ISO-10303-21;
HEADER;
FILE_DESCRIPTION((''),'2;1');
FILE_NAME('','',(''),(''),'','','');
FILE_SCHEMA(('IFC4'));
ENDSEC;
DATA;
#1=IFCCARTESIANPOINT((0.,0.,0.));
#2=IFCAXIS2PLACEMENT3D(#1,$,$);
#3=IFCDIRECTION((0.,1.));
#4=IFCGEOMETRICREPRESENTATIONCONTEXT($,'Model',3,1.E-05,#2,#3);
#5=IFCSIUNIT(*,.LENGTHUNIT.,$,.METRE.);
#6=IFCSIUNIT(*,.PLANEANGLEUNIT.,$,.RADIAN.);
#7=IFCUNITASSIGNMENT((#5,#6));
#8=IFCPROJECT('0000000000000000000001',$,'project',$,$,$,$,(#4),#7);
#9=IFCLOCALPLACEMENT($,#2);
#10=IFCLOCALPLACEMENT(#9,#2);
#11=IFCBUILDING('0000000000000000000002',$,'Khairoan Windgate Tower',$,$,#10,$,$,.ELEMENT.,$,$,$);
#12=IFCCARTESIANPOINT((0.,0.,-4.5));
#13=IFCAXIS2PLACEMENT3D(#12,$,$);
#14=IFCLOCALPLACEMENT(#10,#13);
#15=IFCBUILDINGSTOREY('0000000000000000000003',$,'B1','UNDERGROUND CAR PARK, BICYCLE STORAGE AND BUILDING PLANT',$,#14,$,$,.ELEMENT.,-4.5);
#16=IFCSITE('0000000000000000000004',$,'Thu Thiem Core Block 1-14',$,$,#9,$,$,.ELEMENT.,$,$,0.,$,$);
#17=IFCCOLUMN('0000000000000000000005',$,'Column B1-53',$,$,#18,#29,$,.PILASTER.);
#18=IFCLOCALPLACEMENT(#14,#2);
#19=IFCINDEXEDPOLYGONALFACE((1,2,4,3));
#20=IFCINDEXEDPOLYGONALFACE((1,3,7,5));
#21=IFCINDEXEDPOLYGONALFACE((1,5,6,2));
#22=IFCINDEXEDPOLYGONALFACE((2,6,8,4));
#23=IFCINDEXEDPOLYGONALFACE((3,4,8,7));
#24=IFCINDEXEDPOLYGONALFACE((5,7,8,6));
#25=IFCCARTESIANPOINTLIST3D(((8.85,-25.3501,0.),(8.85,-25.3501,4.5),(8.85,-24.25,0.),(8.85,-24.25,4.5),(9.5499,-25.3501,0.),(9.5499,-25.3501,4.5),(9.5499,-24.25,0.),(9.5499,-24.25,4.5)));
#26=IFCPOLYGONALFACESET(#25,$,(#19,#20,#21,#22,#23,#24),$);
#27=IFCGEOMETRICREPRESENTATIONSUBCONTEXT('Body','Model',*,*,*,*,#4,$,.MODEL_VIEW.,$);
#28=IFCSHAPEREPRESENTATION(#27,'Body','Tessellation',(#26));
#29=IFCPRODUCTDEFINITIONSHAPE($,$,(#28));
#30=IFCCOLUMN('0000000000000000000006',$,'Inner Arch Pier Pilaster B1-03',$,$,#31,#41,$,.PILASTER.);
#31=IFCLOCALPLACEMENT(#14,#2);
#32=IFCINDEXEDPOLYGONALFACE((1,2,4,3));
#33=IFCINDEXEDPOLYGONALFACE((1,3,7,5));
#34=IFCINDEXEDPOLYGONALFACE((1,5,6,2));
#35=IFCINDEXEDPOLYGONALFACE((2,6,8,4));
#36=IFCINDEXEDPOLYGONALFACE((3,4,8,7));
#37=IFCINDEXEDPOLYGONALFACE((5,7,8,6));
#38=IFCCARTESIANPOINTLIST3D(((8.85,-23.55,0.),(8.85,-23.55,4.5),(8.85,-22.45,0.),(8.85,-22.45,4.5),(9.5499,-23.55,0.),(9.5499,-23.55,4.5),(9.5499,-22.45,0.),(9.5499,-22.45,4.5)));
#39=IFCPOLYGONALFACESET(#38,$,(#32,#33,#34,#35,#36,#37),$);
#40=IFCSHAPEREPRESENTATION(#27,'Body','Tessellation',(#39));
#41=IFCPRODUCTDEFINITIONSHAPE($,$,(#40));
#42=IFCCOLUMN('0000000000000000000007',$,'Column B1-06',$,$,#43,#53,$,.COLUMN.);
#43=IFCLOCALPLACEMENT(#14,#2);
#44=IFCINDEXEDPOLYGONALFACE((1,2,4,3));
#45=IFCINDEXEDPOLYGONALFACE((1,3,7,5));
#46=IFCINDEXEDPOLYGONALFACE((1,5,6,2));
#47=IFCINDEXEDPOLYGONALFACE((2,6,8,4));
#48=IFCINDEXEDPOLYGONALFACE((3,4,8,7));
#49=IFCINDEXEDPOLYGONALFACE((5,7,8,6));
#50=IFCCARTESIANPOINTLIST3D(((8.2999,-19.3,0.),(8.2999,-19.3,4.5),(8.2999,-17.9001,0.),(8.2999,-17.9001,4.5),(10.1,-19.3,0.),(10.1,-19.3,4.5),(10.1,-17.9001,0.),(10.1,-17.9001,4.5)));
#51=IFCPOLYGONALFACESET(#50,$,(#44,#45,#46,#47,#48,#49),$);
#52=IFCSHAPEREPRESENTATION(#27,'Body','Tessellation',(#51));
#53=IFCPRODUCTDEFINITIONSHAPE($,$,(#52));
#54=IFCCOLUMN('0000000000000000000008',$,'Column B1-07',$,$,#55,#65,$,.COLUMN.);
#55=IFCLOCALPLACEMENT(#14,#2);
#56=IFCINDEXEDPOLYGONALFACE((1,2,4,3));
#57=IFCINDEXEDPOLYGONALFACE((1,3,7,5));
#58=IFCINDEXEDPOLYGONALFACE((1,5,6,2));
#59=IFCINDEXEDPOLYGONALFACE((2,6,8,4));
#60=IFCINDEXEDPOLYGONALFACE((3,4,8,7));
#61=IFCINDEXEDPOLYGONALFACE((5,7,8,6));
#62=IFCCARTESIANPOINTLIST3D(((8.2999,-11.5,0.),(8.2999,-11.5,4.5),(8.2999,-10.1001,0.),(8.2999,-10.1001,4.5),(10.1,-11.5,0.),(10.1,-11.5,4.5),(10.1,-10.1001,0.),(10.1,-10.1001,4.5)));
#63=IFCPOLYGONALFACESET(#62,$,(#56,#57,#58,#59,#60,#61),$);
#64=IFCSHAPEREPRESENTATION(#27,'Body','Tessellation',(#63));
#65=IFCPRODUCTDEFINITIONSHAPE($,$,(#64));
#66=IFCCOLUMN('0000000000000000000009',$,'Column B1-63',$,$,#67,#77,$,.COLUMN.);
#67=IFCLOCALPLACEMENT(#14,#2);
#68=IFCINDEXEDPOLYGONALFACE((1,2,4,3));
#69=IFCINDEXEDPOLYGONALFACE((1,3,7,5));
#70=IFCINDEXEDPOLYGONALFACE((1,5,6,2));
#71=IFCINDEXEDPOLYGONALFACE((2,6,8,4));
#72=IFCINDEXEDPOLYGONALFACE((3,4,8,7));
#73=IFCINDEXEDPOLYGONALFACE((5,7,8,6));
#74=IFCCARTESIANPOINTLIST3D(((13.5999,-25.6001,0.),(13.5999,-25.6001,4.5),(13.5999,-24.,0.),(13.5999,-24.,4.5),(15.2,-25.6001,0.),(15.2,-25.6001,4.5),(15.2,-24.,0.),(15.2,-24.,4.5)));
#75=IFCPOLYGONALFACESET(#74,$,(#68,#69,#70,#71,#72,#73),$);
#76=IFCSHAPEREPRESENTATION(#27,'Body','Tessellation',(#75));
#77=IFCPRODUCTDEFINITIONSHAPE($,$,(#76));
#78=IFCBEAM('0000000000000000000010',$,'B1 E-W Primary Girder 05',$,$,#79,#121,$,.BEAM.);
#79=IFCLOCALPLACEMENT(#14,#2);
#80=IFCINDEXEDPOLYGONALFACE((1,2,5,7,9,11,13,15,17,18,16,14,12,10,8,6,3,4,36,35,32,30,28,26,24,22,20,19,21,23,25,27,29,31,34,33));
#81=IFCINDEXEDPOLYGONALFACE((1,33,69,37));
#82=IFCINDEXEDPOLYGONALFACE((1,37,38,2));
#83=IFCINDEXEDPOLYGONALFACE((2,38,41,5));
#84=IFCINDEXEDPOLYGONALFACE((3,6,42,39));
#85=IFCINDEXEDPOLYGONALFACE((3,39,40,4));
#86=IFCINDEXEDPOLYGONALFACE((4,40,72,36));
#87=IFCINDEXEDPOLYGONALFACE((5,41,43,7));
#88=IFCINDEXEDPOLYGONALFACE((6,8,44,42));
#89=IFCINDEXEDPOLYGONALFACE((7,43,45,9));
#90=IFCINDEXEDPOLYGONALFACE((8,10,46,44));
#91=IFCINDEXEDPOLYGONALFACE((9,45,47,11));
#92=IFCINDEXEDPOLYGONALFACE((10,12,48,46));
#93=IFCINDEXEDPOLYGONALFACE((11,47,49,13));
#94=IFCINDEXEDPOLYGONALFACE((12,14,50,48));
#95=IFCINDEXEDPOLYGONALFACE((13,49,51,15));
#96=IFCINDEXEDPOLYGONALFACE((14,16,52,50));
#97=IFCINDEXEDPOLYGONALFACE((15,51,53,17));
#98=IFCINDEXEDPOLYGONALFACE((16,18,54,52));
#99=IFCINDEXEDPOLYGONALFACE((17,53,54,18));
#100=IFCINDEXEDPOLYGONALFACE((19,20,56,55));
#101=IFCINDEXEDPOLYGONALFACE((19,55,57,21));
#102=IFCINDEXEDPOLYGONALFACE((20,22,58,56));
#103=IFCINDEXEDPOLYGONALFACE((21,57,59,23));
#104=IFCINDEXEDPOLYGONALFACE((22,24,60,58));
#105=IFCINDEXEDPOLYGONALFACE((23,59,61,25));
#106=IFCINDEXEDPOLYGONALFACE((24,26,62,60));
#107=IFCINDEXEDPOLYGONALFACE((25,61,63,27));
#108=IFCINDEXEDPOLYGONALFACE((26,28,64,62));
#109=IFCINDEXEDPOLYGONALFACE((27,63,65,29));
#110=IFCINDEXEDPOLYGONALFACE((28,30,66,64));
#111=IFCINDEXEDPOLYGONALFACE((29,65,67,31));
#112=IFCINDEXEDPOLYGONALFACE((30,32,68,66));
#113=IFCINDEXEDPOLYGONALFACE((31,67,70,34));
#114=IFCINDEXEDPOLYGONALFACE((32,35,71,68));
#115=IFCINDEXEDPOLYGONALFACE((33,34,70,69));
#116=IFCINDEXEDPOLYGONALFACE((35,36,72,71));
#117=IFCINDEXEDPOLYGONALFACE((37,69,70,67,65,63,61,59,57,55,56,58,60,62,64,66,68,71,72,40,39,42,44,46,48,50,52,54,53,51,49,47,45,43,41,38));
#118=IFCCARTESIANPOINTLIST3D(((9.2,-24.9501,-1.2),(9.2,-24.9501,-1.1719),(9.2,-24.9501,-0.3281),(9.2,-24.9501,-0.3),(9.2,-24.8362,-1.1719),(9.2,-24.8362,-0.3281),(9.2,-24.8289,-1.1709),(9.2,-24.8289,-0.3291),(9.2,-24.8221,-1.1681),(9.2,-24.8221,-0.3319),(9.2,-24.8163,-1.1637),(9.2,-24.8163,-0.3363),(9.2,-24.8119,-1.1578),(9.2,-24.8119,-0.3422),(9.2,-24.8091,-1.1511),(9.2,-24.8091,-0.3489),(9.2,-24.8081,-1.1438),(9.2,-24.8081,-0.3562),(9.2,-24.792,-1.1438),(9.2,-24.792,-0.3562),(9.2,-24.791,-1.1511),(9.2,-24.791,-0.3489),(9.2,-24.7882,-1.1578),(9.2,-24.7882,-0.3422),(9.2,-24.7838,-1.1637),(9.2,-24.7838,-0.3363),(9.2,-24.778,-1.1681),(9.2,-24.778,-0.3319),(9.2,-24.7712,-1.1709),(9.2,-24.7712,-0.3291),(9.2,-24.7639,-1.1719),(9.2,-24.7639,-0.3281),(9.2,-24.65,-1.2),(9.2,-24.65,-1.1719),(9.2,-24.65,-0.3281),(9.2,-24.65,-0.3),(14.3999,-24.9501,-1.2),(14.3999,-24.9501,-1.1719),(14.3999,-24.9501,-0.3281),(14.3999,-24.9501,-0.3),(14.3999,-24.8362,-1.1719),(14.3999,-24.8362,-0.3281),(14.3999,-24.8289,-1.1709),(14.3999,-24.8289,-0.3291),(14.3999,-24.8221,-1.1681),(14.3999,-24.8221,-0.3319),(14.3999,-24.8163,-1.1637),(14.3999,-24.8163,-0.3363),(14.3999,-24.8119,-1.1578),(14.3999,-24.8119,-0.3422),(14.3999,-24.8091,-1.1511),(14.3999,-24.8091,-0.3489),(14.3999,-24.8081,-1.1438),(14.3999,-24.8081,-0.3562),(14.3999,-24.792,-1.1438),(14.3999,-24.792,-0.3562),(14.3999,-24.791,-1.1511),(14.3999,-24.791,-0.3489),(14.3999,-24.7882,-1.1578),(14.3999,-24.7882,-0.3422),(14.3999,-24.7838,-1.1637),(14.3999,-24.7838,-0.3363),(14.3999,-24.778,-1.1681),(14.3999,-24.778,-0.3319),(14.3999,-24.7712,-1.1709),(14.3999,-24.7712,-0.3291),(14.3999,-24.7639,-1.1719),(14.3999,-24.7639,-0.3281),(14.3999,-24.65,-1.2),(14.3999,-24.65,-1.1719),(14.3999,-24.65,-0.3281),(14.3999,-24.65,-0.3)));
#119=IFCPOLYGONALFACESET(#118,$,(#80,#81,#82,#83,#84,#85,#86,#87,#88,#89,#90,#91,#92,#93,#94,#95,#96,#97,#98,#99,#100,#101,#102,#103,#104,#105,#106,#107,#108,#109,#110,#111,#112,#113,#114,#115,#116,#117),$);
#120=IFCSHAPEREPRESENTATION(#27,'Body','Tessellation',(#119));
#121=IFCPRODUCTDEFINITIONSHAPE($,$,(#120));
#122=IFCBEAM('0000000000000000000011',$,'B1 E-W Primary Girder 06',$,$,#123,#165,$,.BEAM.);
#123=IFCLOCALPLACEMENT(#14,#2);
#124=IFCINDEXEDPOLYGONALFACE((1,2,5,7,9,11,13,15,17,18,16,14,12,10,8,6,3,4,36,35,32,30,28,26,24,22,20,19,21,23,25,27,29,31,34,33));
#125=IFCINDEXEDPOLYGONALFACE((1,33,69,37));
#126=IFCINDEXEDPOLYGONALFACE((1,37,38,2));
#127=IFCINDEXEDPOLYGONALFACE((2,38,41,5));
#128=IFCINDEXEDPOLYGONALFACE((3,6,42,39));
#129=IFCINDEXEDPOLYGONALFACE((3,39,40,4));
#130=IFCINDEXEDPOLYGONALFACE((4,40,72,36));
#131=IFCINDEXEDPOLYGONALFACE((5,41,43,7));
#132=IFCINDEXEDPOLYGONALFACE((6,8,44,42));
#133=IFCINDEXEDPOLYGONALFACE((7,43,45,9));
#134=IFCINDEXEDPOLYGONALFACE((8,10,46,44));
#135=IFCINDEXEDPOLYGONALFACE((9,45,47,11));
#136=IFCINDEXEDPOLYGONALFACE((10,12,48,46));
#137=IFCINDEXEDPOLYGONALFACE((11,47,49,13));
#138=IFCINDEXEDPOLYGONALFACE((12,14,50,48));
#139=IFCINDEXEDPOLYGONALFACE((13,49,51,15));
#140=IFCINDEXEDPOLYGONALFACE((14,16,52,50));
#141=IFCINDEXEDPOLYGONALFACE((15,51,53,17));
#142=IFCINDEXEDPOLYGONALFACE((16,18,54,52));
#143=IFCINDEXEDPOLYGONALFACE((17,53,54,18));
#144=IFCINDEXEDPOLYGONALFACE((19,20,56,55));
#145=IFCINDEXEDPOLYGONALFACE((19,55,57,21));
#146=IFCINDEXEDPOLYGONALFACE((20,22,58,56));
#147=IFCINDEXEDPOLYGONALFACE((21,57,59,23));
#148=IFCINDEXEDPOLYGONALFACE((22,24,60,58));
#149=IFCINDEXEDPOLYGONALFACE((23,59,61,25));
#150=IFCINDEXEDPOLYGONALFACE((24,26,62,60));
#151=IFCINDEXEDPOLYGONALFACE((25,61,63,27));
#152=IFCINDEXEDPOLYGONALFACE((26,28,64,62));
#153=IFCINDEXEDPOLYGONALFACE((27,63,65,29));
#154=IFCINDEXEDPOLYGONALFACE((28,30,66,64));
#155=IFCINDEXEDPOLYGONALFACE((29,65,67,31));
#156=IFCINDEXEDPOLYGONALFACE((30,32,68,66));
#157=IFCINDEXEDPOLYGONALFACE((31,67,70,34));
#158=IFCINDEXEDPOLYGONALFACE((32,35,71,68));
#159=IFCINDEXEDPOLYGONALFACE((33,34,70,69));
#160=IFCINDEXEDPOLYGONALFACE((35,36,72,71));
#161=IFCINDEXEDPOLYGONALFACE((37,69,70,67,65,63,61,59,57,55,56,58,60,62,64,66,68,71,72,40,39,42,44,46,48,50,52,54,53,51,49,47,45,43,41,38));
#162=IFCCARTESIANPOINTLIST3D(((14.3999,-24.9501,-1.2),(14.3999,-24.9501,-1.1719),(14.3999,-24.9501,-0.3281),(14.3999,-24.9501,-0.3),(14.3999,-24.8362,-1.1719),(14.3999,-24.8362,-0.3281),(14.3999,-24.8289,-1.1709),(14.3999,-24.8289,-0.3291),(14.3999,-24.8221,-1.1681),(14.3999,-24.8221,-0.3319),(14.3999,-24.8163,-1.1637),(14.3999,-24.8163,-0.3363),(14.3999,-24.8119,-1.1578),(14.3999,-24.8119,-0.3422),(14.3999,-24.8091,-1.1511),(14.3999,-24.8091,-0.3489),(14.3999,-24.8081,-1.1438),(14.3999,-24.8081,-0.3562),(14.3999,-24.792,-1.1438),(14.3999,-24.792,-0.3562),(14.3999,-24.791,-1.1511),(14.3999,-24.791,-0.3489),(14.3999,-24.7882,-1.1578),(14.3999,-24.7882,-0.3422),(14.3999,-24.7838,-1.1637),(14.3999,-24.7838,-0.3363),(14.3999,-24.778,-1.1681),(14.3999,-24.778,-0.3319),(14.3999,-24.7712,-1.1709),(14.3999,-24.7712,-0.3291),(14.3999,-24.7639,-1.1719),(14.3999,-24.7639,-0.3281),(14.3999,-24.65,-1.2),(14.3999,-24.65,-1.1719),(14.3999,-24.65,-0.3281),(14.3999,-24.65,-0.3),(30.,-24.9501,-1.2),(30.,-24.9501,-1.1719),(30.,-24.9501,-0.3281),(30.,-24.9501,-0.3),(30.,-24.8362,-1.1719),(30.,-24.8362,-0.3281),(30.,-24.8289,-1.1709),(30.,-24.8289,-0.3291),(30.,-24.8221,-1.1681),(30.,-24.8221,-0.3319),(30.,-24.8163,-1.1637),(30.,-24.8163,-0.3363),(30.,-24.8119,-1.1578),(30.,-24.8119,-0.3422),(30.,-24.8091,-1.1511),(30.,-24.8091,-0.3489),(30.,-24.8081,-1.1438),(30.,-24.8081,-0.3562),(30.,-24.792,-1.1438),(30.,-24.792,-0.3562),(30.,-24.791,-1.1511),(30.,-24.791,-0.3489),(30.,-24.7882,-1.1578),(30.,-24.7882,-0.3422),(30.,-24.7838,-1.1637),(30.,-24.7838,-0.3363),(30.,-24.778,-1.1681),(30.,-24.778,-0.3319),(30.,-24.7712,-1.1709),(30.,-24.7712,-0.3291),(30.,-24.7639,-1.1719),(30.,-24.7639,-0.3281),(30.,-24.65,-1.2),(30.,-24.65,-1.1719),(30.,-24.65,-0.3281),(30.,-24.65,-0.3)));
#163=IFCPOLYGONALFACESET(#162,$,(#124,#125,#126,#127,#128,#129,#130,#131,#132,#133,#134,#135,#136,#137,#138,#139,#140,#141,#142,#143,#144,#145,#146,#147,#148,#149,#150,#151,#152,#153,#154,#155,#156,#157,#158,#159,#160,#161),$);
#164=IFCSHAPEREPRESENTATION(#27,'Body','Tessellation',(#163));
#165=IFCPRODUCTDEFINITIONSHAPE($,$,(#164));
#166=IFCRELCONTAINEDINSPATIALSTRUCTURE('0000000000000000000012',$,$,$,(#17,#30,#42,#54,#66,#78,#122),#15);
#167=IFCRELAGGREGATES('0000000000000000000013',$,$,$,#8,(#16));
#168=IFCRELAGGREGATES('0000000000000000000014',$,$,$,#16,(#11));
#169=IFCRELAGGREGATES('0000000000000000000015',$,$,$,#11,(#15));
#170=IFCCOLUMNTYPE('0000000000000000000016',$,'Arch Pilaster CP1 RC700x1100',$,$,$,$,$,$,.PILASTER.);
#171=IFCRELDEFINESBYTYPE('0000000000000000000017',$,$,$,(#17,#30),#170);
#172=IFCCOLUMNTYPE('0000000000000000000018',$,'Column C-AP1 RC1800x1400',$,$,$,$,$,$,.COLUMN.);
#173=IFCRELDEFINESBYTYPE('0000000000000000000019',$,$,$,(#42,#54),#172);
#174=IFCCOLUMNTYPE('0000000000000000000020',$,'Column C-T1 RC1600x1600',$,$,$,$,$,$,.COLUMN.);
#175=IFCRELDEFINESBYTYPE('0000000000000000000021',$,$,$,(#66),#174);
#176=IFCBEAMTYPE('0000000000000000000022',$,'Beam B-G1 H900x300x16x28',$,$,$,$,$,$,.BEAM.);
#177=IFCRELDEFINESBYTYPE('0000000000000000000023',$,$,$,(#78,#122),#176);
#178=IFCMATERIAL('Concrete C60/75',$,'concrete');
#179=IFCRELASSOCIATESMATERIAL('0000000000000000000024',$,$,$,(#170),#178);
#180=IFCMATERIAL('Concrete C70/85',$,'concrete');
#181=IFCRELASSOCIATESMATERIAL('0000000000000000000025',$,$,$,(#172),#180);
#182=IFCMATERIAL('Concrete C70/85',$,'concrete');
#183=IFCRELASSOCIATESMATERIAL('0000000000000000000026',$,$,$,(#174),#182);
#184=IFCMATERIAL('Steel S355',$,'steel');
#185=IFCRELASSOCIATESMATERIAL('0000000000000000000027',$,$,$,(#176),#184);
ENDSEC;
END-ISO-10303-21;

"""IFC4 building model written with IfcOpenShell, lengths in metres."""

from ifc_helpers import new_model, si_unit, direction, frame, origin, origin_2d, place, context, subcontext, project, spatial, rectangle, i_section, extrude, material, material_profile, profile_set, type_object, element, save


model = new_model("IFC4")

# Units and contexts
model_context = context("Model", 3, precision=1e-05, world=origin(), true_north=direction((0.0, 1.0)))
body_context = subcontext(model_context, "Body", "Model", "MODEL_VIEW")
ifc_project = project(units=[si_unit("LENGTHUNIT", "METRE"), si_unit("PLANEANGLEUNIT", "RADIAN")], contexts=[model_context])

# Site, building, storey
site_placement = place(None, origin())
site = spatial("IfcSite", under=ifc_project, at=site_placement, Name="Thu Thiem Core Block 1-14", CompositionType="ELEMENT", RefElevation=0.0)
building_placement = place(site_placement, origin())
building = spatial("IfcBuilding", under=site, at=building_placement, Name="Khairoan Windgate Tower", CompositionType="ELEMENT")
storey_placement = place(building_placement, frame((0.0, 0.0, -4.5)))
storey = spatial("IfcBuildingStorey", under=building, at=storey_placement, Name="B1", Description="UNDERGROUND CAR PARK, BICYCLE STORAGE AND BUILDING PLANT", CompositionType="ELEMENT", Elevation=-4.5)

# Columns
ifc_material_1 = material(Name="Concrete C60/75", Category="concrete")
ifc_material_profile_1 = material_profile(ifc_material_1, rectangle(XDim=0.7, YDim=1.1001, at=origin_2d()))
ifc_profile_set_1 = profile_set([ifc_material_profile_1], Name="Concrete C60/75")
column_type_1 = type_object("IfcColumnType", Name="Arch Pilaster CP1 RC700x1100", PredefinedType="PILASTER", material=ifc_profile_set_1)
for number, where, z_axis, x_axis, name in (
    (1, (9.2, -24.8, 0.0), (0.0, 0.0, 1.0), (1.0, 0.0, 0.0), "Column B1-53"),
    (2, (9.2, -23.0, 0.0), (0.0, 0.0, 1.0), (1.0, 0.0, 0.0), "Inner Arch Pier Pilaster B1-03"),
):
    element("IfcColumn", number, at=place(storey_placement, frame(where, z_axis=z_axis, x_axis=x_axis)), inside=storey, type_object=column_type_1, Name=name, PredefinedType="PILASTER", context=body_context, shape_type="SweptSolid", body=[
        extrude(rectangle(XDim=0.7, YDim=1.1001, at=origin_2d()), origin(), (0.0, 0.0, 1.0), 4.5),
    ])
ifc_material_2 = material(Name="Concrete C70/85", Category="concrete")
ifc_material_profile_2 = material_profile(ifc_material_2, rectangle(XDim=1.8, YDim=1.3999, at=origin_2d()))
ifc_profile_set_2 = profile_set([ifc_material_profile_2], Name="Concrete C70/85")
column_type_2 = type_object("IfcColumnType", Name="Column C-AP1 RC1800x1400", PredefinedType="COLUMN", material=ifc_profile_set_2)
for number, where, z_axis, x_axis, name in (
    (3, (9.2, -18.6001, 0.0), (0.0, 0.0, 1.0), (1.0, 0.0, 0.0), "Column B1-06"),
    (4, (9.2, -10.8, 0.0), (0.0, 0.0, 1.0), (1.0, 0.0, 0.0), "Column B1-07"),
):
    element("IfcColumn", number, at=place(storey_placement, frame(where, z_axis=z_axis, x_axis=x_axis)), inside=storey, type_object=column_type_2, Name=name, PredefinedType="COLUMN", context=body_context, shape_type="SweptSolid", body=[
        extrude(rectangle(XDim=1.8, YDim=1.3999, at=origin_2d()), origin(), (0.0, 0.0, 1.0), 4.5),
    ])
ifc_material_3 = material(Name="Concrete C70/85", Category="concrete")
ifc_material_profile_3 = material_profile(ifc_material_3, rectangle(XDim=1.6001, YDim=1.6001, at=origin_2d()))
ifc_profile_set_3 = profile_set([ifc_material_profile_3], Name="Concrete C70/85")
column_type_3 = type_object("IfcColumnType", Name="Column C-T1 RC1600x1600", PredefinedType="COLUMN", material=ifc_profile_set_3)
column_placement = place(storey_placement, frame((14.3999, -24.8, 0.0), z_axis=(0.0, 0.0, 1.0), x_axis=(1.0, 0.0, 0.0)))
element("IfcColumn", 5, at=column_placement, inside=storey, type_object=column_type_3, Name="Column B1-63", PredefinedType="COLUMN", context=body_context, shape_type="SweptSolid", body=[
    extrude(rectangle(XDim=1.6001, YDim=1.6001, at=origin_2d()), origin(), (0.0, 0.0, 1.0), 4.5),
])

# Beams
ifc_material_4 = material(Name="Steel S355", Category="steel")
ifc_material_profile_4 = material_profile(ifc_material_4, i_section(OverallWidth=0.3, OverallDepth=0.8999, WebThickness=0.0161, FlangeThickness=0.0281, FilletRadius=0.0281, at=origin_2d()))
ifc_profile_set_4 = profile_set([ifc_material_profile_4], Name="Steel S355")
beam_type_1 = type_object("IfcBeamType", Name="Beam B-G1 H900x300x16x28", PredefinedType="BEAM", material=ifc_profile_set_4)
beam_1_placement = place(storey_placement, frame((9.2, -24.8, -0.75), z_axis=(1.0, 0.0, 0.0), x_axis=(0.0, 1.0, 0.0)))
element("IfcBeam", 6, at=beam_1_placement, inside=storey, type_object=beam_type_1, Name="B1 E-W Primary Girder 05", PredefinedType="BEAM", context=body_context, shape_type="SweptSolid", body=[
    extrude(i_section(OverallWidth=0.3, OverallDepth=0.8999, WebThickness=0.0161, FlangeThickness=0.0281, FilletRadius=0.0281, at=origin_2d()), origin(), (0.0, 0.0, 1.0), 5.2),
])
beam_2_placement = place(storey_placement, frame((14.3999, -24.8, -0.75), z_axis=(1.0, 0.0, 0.0), x_axis=(0.0, 1.0, 0.0)))
element("IfcBeam", 7, at=beam_2_placement, inside=storey, type_object=beam_type_1, Name="B1 E-W Primary Girder 06", PredefinedType="BEAM", context=body_context, shape_type="SweptSolid", body=[
    extrude(i_section(OverallWidth=0.3, OverallDepth=0.8999, WebThickness=0.0161, FlangeThickness=0.0281, FilletRadius=0.0281, at=origin_2d()), origin(), (0.0, 0.0, 1.0), 15.6001),
])

save(model, "model.ifc")
